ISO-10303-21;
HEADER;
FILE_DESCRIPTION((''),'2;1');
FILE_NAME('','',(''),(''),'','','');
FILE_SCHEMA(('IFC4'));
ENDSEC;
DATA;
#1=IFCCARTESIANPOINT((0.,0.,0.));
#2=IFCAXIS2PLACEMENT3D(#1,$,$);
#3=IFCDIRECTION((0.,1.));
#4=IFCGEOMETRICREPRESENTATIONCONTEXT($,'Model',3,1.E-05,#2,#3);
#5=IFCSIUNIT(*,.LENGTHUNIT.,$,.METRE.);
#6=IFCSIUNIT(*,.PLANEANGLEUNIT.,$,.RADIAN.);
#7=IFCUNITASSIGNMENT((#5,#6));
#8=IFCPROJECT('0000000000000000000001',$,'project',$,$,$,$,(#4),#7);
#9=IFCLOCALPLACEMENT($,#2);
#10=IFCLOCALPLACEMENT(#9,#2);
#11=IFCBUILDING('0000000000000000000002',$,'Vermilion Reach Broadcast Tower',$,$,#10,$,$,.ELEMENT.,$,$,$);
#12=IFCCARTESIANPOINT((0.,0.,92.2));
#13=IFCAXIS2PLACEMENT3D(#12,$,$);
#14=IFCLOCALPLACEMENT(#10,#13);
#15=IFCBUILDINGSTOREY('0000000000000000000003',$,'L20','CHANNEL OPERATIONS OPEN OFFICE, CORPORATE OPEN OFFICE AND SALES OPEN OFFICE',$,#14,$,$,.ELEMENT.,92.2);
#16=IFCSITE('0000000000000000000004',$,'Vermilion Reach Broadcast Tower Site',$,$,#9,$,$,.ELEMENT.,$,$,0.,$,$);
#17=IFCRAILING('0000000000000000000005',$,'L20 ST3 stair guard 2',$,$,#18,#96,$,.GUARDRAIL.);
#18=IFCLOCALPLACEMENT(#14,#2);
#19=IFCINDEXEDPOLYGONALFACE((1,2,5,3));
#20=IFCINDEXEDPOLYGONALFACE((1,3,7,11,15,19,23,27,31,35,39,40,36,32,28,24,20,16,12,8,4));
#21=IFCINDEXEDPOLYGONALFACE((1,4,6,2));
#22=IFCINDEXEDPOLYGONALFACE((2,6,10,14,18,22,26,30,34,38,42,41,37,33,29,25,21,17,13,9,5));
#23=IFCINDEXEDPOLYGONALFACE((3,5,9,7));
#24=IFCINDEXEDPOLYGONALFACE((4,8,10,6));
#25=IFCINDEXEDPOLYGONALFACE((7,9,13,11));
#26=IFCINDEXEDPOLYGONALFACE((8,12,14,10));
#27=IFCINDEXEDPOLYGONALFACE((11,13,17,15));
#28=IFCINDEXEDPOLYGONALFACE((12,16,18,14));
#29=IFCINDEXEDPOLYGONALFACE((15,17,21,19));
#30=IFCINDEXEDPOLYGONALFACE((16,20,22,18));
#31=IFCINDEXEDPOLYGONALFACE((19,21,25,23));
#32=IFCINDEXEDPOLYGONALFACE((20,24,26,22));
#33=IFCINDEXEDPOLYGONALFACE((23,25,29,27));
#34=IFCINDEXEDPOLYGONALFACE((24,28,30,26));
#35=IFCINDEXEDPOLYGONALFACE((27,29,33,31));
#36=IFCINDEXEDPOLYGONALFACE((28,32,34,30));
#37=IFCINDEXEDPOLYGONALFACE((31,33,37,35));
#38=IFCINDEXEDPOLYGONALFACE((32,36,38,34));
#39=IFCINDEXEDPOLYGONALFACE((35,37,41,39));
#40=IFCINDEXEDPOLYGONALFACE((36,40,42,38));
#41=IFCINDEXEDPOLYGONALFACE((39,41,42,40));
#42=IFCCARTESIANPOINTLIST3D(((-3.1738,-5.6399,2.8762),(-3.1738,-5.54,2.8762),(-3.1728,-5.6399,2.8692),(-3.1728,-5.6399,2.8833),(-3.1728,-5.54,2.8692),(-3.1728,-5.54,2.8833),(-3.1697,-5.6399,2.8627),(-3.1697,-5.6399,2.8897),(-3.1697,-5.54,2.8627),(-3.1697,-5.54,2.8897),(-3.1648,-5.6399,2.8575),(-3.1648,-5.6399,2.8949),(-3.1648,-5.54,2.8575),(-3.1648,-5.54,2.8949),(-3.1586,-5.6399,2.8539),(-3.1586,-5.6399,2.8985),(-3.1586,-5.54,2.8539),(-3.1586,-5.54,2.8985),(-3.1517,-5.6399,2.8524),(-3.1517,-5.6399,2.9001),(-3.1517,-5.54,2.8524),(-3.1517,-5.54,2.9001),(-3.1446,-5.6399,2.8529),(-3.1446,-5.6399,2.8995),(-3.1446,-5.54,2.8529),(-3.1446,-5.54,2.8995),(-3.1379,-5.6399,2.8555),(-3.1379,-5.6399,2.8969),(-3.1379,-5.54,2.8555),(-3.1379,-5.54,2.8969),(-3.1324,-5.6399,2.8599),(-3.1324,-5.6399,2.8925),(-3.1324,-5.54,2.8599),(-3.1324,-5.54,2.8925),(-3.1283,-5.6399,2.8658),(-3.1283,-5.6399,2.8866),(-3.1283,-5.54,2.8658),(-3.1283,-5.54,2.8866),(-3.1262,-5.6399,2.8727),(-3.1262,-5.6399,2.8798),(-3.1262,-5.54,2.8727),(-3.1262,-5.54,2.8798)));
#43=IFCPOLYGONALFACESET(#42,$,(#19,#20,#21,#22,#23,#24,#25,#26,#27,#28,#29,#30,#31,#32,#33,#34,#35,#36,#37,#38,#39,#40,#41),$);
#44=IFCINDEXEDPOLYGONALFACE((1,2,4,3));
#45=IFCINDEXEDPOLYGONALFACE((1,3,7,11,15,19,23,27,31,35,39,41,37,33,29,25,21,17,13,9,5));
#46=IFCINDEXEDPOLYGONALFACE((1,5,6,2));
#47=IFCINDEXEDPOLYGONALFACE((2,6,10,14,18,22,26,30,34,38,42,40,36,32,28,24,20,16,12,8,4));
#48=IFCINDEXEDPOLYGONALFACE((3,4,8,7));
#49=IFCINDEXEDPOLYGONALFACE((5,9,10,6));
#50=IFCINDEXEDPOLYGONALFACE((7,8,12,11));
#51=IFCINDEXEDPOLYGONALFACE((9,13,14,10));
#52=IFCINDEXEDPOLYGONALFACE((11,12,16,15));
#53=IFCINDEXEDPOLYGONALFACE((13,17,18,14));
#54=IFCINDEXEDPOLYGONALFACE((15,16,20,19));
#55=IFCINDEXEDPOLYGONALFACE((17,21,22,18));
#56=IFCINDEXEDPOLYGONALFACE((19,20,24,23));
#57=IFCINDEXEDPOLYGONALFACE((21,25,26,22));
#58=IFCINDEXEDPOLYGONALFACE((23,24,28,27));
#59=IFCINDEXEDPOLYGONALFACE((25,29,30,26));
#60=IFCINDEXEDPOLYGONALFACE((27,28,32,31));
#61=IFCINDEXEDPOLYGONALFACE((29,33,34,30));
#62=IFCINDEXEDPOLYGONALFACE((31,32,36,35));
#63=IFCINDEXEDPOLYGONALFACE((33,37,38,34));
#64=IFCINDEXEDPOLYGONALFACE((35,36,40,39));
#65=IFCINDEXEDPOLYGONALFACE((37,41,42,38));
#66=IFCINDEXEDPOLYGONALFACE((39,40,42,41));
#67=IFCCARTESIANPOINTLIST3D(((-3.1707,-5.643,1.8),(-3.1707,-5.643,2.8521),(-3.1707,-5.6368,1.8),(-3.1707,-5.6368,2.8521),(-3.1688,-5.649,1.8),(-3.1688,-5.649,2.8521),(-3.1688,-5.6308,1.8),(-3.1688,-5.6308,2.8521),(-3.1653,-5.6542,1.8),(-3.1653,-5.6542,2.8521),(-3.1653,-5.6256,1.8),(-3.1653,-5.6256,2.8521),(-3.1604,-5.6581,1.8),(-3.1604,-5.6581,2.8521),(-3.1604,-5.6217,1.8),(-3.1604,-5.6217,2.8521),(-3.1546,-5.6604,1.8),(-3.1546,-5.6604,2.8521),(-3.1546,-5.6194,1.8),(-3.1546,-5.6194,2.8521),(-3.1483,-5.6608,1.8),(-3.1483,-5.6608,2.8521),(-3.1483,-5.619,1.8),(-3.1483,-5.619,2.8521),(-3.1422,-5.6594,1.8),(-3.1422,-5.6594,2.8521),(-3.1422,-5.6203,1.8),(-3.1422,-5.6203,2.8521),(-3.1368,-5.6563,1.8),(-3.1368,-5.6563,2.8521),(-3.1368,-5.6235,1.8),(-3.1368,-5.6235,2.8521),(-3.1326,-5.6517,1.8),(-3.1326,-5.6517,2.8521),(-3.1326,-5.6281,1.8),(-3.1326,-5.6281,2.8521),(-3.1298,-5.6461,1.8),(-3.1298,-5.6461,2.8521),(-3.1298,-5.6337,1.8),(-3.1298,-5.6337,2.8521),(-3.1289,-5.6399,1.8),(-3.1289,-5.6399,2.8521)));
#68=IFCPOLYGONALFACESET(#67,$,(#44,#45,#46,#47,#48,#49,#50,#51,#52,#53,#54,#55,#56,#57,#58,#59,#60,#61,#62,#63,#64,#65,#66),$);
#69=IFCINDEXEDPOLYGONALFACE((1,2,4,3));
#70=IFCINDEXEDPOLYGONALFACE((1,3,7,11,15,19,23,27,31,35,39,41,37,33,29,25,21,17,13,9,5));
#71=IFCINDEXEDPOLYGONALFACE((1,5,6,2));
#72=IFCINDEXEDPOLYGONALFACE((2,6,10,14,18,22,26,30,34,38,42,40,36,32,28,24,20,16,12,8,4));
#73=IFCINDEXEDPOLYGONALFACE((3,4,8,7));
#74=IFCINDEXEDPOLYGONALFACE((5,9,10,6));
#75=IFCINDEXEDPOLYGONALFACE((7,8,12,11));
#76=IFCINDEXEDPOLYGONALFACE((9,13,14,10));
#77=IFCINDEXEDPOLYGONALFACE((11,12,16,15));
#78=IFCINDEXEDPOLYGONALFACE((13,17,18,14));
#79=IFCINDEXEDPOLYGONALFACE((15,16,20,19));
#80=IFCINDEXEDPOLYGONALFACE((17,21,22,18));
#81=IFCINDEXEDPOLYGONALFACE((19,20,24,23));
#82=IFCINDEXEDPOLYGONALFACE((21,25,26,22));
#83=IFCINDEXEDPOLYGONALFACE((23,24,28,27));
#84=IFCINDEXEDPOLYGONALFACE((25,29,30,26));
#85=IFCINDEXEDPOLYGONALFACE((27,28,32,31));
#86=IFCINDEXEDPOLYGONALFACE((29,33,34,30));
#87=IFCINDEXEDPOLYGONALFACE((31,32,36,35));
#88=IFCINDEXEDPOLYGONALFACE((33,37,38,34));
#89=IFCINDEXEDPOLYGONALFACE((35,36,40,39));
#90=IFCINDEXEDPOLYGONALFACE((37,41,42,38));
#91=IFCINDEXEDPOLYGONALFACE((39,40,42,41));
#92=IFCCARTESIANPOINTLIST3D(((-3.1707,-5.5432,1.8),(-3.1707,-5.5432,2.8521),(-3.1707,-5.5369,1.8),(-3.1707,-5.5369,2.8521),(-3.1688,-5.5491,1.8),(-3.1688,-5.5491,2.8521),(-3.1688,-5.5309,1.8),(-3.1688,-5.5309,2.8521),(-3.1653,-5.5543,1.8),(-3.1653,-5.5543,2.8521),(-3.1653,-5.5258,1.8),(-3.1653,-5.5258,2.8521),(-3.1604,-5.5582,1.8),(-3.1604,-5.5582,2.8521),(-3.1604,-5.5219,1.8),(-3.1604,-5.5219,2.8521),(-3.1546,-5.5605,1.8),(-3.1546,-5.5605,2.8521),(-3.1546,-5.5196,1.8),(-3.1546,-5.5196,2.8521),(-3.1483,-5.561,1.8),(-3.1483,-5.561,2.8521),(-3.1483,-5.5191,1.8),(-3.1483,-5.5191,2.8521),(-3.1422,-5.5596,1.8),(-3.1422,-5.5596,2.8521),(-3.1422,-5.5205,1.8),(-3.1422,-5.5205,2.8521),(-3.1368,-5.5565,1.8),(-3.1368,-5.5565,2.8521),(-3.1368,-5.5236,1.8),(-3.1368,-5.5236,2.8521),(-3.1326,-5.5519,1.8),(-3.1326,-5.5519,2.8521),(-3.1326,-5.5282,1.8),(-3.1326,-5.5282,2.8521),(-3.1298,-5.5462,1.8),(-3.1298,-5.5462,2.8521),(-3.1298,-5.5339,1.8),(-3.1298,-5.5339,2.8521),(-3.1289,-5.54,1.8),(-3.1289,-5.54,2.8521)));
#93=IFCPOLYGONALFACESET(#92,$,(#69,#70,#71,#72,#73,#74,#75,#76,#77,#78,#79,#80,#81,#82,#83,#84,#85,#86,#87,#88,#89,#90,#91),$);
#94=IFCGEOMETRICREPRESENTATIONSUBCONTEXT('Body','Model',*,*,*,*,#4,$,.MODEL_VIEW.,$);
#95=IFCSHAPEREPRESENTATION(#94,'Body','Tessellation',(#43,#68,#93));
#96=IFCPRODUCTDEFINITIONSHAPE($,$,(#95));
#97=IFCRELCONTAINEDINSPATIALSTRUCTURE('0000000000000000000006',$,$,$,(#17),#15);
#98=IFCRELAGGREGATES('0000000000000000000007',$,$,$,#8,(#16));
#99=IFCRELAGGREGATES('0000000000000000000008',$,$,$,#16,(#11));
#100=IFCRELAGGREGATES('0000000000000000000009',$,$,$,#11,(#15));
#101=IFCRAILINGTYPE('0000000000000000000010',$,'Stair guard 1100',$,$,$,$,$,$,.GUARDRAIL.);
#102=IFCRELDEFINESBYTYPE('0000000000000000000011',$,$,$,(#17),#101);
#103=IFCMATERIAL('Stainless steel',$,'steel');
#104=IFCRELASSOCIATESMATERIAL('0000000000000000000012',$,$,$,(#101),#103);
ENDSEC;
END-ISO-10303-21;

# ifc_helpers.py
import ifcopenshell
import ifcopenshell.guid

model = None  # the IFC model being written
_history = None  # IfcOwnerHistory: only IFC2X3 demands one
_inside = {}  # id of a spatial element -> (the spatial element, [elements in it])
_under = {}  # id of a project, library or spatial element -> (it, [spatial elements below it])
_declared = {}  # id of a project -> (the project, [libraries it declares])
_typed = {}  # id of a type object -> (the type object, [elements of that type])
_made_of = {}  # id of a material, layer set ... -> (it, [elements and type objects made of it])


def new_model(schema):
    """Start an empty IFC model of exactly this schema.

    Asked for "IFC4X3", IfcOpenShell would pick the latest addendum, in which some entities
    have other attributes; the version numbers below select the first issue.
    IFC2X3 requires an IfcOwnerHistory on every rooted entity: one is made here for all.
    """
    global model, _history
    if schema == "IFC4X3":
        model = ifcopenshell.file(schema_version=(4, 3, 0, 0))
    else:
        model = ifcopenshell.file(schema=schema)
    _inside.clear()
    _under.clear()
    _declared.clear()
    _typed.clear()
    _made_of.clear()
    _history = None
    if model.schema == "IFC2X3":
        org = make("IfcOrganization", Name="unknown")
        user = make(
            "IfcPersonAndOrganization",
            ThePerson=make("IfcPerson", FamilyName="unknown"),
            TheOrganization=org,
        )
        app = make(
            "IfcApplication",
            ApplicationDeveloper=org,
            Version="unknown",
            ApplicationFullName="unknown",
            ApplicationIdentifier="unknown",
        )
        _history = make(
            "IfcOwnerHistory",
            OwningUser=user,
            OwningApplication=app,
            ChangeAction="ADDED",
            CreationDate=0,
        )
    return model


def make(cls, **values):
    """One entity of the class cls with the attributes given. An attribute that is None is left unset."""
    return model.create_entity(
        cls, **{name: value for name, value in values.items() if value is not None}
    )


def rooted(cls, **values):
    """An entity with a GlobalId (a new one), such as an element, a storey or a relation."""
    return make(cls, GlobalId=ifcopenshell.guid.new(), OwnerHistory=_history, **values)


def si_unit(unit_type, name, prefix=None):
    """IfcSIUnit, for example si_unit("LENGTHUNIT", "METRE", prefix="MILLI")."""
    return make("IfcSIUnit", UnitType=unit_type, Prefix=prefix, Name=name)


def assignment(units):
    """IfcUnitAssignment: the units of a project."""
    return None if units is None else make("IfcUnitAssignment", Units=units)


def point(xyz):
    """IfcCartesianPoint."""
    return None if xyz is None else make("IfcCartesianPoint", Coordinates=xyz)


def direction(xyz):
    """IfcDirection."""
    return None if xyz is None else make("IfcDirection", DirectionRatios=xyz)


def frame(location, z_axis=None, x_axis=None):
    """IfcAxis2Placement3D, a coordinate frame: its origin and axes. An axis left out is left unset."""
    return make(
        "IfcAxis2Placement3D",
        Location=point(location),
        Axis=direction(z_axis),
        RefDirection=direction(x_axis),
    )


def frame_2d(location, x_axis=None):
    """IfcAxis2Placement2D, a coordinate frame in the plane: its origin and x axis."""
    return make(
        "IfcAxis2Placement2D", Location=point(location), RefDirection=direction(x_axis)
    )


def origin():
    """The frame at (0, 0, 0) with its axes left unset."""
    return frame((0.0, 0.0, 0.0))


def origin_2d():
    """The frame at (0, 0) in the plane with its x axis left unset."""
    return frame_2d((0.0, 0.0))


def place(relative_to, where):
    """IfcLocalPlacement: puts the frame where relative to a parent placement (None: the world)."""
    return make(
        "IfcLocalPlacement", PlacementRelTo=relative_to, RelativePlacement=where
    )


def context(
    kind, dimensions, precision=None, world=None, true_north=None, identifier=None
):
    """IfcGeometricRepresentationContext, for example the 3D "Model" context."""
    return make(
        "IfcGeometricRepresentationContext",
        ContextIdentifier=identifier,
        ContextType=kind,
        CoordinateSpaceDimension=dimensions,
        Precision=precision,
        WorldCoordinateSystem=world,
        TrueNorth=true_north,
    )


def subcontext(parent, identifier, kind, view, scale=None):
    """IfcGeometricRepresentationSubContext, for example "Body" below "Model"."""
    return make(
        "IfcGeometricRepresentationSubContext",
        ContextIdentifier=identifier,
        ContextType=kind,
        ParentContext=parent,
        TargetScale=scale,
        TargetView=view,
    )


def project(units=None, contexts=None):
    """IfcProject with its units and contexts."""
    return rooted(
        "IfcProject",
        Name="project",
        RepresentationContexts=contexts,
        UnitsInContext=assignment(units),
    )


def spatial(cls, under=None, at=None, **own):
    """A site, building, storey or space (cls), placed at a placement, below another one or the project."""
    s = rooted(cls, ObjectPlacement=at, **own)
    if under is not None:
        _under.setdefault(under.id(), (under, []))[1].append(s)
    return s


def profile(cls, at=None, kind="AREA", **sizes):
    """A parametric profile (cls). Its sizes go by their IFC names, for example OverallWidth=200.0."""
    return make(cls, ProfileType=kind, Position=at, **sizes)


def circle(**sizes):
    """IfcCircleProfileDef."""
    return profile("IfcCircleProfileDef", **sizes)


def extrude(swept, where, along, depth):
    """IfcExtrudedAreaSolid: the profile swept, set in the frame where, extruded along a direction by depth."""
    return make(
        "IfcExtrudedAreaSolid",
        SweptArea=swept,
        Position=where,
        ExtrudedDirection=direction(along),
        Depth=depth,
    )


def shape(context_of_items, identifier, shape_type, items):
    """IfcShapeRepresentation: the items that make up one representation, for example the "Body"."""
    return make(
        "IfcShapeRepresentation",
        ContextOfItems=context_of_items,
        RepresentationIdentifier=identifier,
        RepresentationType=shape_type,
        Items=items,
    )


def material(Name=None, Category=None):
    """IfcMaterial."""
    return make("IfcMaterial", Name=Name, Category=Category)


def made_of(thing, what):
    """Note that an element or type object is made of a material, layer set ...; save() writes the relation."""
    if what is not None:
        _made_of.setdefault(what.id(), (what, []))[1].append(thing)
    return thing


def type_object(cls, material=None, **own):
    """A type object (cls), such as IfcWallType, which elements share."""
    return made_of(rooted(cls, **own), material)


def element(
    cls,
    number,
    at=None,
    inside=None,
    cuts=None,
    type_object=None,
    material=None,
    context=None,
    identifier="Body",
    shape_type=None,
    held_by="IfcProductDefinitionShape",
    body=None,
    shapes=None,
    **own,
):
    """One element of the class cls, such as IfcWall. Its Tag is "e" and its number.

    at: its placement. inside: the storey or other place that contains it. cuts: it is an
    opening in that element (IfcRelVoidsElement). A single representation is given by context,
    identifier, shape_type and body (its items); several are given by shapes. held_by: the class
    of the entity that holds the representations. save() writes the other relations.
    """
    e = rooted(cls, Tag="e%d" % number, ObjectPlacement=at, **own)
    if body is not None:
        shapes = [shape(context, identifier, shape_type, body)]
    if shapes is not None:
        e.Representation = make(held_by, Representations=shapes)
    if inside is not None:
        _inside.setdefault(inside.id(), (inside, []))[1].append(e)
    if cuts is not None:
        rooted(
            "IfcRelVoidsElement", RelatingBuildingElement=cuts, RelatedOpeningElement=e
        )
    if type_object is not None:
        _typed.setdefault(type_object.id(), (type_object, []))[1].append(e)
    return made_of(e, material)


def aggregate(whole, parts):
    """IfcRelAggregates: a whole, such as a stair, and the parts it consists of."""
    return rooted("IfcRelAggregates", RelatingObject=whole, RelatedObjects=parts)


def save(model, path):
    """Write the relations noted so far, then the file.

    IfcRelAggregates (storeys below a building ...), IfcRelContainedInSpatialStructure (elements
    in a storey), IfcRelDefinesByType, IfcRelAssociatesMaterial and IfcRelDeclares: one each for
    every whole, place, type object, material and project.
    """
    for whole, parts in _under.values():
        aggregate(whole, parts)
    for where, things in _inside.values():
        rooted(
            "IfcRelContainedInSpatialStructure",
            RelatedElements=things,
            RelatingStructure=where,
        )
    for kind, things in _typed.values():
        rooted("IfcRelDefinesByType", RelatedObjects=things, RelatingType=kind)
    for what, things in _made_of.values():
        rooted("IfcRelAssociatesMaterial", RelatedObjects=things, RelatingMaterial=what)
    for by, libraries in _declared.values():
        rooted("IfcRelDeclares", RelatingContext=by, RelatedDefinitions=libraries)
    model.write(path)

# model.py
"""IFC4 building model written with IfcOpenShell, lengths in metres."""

from ifc_helpers import new_model, si_unit, direction, frame, origin, origin_2d, place, context, subcontext, project, spatial, circle, extrude, material, type_object, element, save


model = new_model("IFC4")

# Units and contexts
model_context = context("Model", 3, precision=1e-05, world=origin(), true_north=direction((0.0, 1.0)))
body_context = subcontext(model_context, "Body", "Model", "MODEL_VIEW")
ifc_project = project(units=[si_unit("LENGTHUNIT", "METRE"), si_unit("PLANEANGLEUNIT", "RADIAN")], contexts=[model_context])

# Site, building, storey
site_placement = place(None, origin())
site = spatial("IfcSite", under=ifc_project, at=site_placement, Name="Vermilion Reach Broadcast Tower Site", CompositionType="ELEMENT", RefElevation=0.0)
building_placement = place(site_placement, origin())
building = spatial("IfcBuilding", under=site, at=building_placement, Name="Vermilion Reach Broadcast Tower", CompositionType="ELEMENT")
storey_placement = place(building_placement, frame((0.0, 0.0, 92.2)))
storey = spatial("IfcBuildingStorey", under=building, at=storey_placement, Name="L20", Description="CHANNEL OPERATIONS OPEN OFFICE, CORPORATE OPEN OFFICE AND SALES OPEN OFFICE", CompositionType="ELEMENT", Elevation=92.2)

# Railing
ifc_material_1 = material(Name="Stainless steel", Category="steel")
railing_type_1 = type_object("IfcRailingType", Name="Stair guard 1100", PredefinedType="GUARDRAIL", material=ifc_material_1)
railing_1_placement = place(storey_placement, frame((-3.1499, -5.6399, 1.8)))
element("IfcRailing", 1, at=railing_1_placement, inside=storey, type_object=railing_type_1, Name="L20 ST3 stair guard 2", PredefinedType="GUARDRAIL", context=body_context, shape_type="SweptSolid", body=[
    extrude(circle(Radius=0.0239, at=origin_2d()), frame((0.0, 0.0, 1.0762), z_axis=(0.0, 1.0, 0.0), x_axis=(-1.0, 0.0, 0.0)), (0.0, 0.0, 1.0), 0.0999),
    extrude(circle(Radius=0.021, at=origin_2d()), origin(), (0.0, 0.0, 1.0), 1.052),
    extrude(circle(Radius=0.021, at=origin_2d()), frame((0.0, 0.0999, 0.0)), (0.0, 0.0, 1.0), 1.052),
])

save(model, "model.ifc")
